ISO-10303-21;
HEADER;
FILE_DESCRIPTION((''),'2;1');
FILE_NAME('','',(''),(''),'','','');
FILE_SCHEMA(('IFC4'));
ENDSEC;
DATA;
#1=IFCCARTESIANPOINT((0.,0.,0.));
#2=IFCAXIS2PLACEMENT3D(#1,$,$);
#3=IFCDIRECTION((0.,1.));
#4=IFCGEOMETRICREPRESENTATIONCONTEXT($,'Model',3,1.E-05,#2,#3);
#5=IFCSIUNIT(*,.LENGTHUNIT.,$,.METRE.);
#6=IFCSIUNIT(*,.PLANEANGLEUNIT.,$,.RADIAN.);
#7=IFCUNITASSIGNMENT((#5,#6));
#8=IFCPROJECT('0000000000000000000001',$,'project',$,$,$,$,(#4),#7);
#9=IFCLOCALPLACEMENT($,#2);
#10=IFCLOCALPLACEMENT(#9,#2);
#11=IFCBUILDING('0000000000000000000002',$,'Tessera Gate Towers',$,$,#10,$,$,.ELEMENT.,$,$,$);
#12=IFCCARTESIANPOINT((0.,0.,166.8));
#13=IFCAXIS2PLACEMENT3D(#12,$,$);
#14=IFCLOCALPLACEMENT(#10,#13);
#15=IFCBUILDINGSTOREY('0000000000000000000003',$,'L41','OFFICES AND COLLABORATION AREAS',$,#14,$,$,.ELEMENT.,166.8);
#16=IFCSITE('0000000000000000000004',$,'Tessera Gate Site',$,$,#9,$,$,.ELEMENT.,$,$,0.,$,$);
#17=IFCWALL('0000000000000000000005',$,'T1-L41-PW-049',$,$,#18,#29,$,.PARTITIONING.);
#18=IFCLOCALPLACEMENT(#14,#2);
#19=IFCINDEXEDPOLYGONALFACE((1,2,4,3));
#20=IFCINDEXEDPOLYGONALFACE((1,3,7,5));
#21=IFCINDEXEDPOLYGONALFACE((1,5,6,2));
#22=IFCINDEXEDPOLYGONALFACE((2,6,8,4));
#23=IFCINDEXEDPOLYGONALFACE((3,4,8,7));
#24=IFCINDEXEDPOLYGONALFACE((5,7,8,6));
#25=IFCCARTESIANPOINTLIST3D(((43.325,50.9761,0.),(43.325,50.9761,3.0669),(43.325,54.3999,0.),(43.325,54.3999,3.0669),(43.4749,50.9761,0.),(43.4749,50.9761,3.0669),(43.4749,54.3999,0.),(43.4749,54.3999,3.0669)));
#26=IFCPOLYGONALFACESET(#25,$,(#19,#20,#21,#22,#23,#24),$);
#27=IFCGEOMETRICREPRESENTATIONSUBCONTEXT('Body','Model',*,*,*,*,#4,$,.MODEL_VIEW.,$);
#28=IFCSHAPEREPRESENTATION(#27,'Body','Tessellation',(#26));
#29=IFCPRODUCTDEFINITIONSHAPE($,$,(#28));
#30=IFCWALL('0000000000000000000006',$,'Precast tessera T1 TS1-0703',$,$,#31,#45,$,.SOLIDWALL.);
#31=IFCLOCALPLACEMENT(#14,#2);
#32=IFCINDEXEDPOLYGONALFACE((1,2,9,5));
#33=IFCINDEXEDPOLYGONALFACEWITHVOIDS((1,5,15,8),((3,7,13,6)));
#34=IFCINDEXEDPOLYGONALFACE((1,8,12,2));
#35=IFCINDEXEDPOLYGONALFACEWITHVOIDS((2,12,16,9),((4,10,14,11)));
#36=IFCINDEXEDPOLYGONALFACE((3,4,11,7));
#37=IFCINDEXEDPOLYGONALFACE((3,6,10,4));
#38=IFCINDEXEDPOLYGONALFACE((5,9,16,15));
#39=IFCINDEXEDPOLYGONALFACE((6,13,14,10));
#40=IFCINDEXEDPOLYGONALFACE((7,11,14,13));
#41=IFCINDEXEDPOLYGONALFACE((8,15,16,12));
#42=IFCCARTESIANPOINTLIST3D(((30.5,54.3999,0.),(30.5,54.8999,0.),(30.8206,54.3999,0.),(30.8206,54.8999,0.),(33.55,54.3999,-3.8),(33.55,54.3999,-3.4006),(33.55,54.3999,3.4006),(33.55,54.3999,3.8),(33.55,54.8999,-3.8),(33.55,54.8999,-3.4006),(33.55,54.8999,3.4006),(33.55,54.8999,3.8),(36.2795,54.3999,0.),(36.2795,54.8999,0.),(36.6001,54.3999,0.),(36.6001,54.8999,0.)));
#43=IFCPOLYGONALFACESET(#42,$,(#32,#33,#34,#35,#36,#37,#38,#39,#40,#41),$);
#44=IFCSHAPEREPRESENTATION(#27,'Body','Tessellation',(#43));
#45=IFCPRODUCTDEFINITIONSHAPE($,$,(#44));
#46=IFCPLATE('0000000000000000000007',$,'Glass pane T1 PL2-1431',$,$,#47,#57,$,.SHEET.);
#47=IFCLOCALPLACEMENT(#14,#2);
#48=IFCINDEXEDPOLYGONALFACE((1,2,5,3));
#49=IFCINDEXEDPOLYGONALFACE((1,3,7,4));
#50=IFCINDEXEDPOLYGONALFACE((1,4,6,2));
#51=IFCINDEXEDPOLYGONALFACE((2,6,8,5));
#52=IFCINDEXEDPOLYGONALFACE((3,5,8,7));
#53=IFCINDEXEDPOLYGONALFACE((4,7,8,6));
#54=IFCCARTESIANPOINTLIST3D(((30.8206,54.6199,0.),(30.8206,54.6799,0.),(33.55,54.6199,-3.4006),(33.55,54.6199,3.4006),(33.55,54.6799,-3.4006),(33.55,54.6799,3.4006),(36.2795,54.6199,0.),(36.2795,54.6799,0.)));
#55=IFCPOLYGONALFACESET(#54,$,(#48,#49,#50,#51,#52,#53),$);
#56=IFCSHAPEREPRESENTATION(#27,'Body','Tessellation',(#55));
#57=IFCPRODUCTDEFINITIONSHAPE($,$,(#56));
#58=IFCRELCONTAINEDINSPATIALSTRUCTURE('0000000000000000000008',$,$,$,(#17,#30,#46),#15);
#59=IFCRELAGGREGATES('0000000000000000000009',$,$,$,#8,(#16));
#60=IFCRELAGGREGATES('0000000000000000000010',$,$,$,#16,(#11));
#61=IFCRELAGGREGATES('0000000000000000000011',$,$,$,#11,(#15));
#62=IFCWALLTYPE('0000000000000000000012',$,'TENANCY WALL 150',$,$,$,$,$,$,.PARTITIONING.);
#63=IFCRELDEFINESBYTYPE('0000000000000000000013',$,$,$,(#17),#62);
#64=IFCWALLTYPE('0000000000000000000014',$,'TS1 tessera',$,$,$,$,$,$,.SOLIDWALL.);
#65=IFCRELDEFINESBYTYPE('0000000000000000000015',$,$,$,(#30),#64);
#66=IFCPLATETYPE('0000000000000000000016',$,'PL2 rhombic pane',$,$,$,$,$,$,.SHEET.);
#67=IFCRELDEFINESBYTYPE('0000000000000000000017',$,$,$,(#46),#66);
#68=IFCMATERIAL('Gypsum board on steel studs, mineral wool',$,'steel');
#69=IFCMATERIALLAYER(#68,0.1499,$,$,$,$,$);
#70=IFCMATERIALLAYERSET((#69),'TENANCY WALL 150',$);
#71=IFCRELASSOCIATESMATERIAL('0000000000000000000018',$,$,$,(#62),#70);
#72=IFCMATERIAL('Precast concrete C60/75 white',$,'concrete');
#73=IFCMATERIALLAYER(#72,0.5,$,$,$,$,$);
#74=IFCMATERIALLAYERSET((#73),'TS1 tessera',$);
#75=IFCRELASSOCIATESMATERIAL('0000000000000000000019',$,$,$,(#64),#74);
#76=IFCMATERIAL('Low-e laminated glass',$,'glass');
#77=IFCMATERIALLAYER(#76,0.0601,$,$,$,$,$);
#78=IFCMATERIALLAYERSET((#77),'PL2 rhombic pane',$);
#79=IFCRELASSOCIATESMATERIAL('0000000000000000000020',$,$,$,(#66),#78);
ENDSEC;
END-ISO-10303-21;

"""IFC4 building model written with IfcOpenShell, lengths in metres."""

from ifc_helpers import new_model, si_unit, direction, frame, frame_2d, origin, place, context, subcontext, project, spatial, polyline, rectangle, outline, extrude, source, transform, mapped, material, layer, layer_set, type_object, element, fill, save


model = new_model("IFC4")

# Units and contexts
model_context = context("Model", 3, precision=1e-05, world=origin(), true_north=direction((0.0, 1.0)))
body_context = subcontext(model_context, "Body", "Model", "MODEL_VIEW")
ifc_project = project(units=[si_unit("LENGTHUNIT", "METRE"), si_unit("PLANEANGLEUNIT", "RADIAN")], contexts=[model_context])

# Site, building, storey
site_placement = place(None, origin())
site = spatial("IfcSite", under=ifc_project, at=site_placement, Name="Tessera Gate Site", CompositionType="ELEMENT", RefElevation=0.0)
building_placement = place(site_placement, origin())
building = spatial("IfcBuilding", under=site, at=building_placement, Name="Tessera Gate Towers", CompositionType="ELEMENT")
storey_placement = place(building_placement, frame((0.0, 0.0, 166.8)))
storey = spatial("IfcBuildingStorey", under=building, at=storey_placement, Name="L41", Description="OFFICES AND COLLABORATION AREAS", CompositionType="ELEMENT", Elevation=166.8)

# Wall
ifc_material_1 = material(Name="Gypsum board on steel studs, mineral wool", Category="steel")
ifc_layer_1 = layer(ifc_material_1, 0.1499)
ifc_layer_set_1 = layer_set([ifc_layer_1], Name="TENANCY WALL 150")
wall_type_1 = type_object("IfcWallType", Name="TENANCY WALL 150", PredefinedType="PARTITIONING", material=ifc_layer_set_1)
wall_1_placement = place(storey_placement, frame((43.3999, 50.9761, 0.0), z_axis=(0.0, 0.0, 1.0), x_axis=(0.0, 1.0, 0.0)))
element("IfcWall", 1, at=wall_1_placement, inside=storey, type_object=wall_type_1, Name="T1-L41-PW-049", PredefinedType="PARTITIONING", context=body_context, shape_type="SweptSolid", body=[
    extrude(rectangle(XDim=3.4238, YDim=0.1499, at=frame_2d((1.7119, 0.0))), origin(), (0.0, 0.0, 1.0), 3.0669),
])

# Wall, opening, plate
ifc_material_2 = material(Name="Precast concrete C60/75 white", Category="concrete")
ifc_layer_2 = layer(ifc_material_2, 0.5)
ifc_layer_set_2 = layer_set([ifc_layer_2], Name="TS1 tessera")
wall_type_2 = type_object("IfcWallType", Name="TS1 tessera", PredefinedType="SOLIDWALL", material=ifc_layer_set_2)
shared_shape_1 = source(origin(), body_context, "Body", "SweptSolid", [
    extrude(outline(polyline([(3.05, 0.0), (6.1001, 3.8), (3.05, 7.6001), (0.0, 3.8), (3.05, 0.0)])), frame((0.0, 0.25, 0.0), z_axis=(0.0, -1.0, 0.0), x_axis=(1.0, 0.0, 0.0)), (0.0, 0.0, 1.0), 0.5),
])
wall_2_placement = place(storey_placement, frame((36.6001, 54.6499, -3.8), z_axis=(0.0, 0.0, 1.0), x_axis=(-1.0, 0.0, 0.0)))
wall_2 = element("IfcWall", 2, at=wall_2_placement, inside=storey, type_object=wall_type_2, Name="Precast tessera T1 TS1-0703", PredefinedType="SOLIDWALL", context=body_context, shape_type="MappedRepresentation", body=[
    mapped(shared_shape_1, transform((0.0, 0.0, 0.0), scale=1.0)),
])
shared_shape_2 = source(origin(), body_context, "Body", "SweptSolid", [
    extrude(outline(polyline([(3.05, 0.3994), (5.7795, 3.8), (3.05, 7.2007), (0.3206, 3.8), (3.05, 0.3994)])), frame((0.0, 0.26, 0.0), z_axis=(0.0, -1.0, 0.0), x_axis=(1.0, 0.0, 0.0)), (0.0, 0.0, 1.0), 0.52),
])
opening_1_placement = place(wall_2_placement, origin())
opening_1 = element("IfcOpeningElement", 3, at=opening_1_placement, cuts=wall_2, PredefinedType="OPENING", context=body_context, shape_type="MappedRepresentation", body=[
    mapped(shared_shape_2, transform((0.0, 0.0, 0.0), scale=1.0)),
])
ifc_material_3 = material(Name="Low-e laminated glass", Category="glass")
ifc_layer_3 = layer(ifc_material_3, 0.0601)
ifc_layer_set_3 = layer_set([ifc_layer_3], Name="PL2 rhombic pane")
plate_type = type_object("IfcPlateType", Name="PL2 rhombic pane", PredefinedType="SHEET", material=ifc_layer_set_3)
shared_shape_3 = source(origin(), body_context, "Body", "SweptSolid", [
    extrude(outline(polyline([(3.05, 0.3994), (5.7795, 3.8), (3.05, 7.2007), (0.3206, 3.8), (3.05, 0.3994)])), frame((0.0, 0.03, 0.0), z_axis=(0.0, -1.0, 0.0), x_axis=(1.0, 0.0, 0.0)), (0.0, 0.0, 1.0), 0.0601),
])
plate_placement = place(opening_1_placement, origin())
plate = element("IfcPlate", 4, at=plate_placement, inside=storey, type_object=plate_type, Name="Glass pane T1 PL2-1431", PredefinedType="SHEET", context=body_context, shape_type="MappedRepresentation", body=[
    mapped(shared_shape_3, transform((0.0, 0.0, 0.0), scale=1.0)),
])
fill(opening_1, plate)

save(model, "model.ifc")
